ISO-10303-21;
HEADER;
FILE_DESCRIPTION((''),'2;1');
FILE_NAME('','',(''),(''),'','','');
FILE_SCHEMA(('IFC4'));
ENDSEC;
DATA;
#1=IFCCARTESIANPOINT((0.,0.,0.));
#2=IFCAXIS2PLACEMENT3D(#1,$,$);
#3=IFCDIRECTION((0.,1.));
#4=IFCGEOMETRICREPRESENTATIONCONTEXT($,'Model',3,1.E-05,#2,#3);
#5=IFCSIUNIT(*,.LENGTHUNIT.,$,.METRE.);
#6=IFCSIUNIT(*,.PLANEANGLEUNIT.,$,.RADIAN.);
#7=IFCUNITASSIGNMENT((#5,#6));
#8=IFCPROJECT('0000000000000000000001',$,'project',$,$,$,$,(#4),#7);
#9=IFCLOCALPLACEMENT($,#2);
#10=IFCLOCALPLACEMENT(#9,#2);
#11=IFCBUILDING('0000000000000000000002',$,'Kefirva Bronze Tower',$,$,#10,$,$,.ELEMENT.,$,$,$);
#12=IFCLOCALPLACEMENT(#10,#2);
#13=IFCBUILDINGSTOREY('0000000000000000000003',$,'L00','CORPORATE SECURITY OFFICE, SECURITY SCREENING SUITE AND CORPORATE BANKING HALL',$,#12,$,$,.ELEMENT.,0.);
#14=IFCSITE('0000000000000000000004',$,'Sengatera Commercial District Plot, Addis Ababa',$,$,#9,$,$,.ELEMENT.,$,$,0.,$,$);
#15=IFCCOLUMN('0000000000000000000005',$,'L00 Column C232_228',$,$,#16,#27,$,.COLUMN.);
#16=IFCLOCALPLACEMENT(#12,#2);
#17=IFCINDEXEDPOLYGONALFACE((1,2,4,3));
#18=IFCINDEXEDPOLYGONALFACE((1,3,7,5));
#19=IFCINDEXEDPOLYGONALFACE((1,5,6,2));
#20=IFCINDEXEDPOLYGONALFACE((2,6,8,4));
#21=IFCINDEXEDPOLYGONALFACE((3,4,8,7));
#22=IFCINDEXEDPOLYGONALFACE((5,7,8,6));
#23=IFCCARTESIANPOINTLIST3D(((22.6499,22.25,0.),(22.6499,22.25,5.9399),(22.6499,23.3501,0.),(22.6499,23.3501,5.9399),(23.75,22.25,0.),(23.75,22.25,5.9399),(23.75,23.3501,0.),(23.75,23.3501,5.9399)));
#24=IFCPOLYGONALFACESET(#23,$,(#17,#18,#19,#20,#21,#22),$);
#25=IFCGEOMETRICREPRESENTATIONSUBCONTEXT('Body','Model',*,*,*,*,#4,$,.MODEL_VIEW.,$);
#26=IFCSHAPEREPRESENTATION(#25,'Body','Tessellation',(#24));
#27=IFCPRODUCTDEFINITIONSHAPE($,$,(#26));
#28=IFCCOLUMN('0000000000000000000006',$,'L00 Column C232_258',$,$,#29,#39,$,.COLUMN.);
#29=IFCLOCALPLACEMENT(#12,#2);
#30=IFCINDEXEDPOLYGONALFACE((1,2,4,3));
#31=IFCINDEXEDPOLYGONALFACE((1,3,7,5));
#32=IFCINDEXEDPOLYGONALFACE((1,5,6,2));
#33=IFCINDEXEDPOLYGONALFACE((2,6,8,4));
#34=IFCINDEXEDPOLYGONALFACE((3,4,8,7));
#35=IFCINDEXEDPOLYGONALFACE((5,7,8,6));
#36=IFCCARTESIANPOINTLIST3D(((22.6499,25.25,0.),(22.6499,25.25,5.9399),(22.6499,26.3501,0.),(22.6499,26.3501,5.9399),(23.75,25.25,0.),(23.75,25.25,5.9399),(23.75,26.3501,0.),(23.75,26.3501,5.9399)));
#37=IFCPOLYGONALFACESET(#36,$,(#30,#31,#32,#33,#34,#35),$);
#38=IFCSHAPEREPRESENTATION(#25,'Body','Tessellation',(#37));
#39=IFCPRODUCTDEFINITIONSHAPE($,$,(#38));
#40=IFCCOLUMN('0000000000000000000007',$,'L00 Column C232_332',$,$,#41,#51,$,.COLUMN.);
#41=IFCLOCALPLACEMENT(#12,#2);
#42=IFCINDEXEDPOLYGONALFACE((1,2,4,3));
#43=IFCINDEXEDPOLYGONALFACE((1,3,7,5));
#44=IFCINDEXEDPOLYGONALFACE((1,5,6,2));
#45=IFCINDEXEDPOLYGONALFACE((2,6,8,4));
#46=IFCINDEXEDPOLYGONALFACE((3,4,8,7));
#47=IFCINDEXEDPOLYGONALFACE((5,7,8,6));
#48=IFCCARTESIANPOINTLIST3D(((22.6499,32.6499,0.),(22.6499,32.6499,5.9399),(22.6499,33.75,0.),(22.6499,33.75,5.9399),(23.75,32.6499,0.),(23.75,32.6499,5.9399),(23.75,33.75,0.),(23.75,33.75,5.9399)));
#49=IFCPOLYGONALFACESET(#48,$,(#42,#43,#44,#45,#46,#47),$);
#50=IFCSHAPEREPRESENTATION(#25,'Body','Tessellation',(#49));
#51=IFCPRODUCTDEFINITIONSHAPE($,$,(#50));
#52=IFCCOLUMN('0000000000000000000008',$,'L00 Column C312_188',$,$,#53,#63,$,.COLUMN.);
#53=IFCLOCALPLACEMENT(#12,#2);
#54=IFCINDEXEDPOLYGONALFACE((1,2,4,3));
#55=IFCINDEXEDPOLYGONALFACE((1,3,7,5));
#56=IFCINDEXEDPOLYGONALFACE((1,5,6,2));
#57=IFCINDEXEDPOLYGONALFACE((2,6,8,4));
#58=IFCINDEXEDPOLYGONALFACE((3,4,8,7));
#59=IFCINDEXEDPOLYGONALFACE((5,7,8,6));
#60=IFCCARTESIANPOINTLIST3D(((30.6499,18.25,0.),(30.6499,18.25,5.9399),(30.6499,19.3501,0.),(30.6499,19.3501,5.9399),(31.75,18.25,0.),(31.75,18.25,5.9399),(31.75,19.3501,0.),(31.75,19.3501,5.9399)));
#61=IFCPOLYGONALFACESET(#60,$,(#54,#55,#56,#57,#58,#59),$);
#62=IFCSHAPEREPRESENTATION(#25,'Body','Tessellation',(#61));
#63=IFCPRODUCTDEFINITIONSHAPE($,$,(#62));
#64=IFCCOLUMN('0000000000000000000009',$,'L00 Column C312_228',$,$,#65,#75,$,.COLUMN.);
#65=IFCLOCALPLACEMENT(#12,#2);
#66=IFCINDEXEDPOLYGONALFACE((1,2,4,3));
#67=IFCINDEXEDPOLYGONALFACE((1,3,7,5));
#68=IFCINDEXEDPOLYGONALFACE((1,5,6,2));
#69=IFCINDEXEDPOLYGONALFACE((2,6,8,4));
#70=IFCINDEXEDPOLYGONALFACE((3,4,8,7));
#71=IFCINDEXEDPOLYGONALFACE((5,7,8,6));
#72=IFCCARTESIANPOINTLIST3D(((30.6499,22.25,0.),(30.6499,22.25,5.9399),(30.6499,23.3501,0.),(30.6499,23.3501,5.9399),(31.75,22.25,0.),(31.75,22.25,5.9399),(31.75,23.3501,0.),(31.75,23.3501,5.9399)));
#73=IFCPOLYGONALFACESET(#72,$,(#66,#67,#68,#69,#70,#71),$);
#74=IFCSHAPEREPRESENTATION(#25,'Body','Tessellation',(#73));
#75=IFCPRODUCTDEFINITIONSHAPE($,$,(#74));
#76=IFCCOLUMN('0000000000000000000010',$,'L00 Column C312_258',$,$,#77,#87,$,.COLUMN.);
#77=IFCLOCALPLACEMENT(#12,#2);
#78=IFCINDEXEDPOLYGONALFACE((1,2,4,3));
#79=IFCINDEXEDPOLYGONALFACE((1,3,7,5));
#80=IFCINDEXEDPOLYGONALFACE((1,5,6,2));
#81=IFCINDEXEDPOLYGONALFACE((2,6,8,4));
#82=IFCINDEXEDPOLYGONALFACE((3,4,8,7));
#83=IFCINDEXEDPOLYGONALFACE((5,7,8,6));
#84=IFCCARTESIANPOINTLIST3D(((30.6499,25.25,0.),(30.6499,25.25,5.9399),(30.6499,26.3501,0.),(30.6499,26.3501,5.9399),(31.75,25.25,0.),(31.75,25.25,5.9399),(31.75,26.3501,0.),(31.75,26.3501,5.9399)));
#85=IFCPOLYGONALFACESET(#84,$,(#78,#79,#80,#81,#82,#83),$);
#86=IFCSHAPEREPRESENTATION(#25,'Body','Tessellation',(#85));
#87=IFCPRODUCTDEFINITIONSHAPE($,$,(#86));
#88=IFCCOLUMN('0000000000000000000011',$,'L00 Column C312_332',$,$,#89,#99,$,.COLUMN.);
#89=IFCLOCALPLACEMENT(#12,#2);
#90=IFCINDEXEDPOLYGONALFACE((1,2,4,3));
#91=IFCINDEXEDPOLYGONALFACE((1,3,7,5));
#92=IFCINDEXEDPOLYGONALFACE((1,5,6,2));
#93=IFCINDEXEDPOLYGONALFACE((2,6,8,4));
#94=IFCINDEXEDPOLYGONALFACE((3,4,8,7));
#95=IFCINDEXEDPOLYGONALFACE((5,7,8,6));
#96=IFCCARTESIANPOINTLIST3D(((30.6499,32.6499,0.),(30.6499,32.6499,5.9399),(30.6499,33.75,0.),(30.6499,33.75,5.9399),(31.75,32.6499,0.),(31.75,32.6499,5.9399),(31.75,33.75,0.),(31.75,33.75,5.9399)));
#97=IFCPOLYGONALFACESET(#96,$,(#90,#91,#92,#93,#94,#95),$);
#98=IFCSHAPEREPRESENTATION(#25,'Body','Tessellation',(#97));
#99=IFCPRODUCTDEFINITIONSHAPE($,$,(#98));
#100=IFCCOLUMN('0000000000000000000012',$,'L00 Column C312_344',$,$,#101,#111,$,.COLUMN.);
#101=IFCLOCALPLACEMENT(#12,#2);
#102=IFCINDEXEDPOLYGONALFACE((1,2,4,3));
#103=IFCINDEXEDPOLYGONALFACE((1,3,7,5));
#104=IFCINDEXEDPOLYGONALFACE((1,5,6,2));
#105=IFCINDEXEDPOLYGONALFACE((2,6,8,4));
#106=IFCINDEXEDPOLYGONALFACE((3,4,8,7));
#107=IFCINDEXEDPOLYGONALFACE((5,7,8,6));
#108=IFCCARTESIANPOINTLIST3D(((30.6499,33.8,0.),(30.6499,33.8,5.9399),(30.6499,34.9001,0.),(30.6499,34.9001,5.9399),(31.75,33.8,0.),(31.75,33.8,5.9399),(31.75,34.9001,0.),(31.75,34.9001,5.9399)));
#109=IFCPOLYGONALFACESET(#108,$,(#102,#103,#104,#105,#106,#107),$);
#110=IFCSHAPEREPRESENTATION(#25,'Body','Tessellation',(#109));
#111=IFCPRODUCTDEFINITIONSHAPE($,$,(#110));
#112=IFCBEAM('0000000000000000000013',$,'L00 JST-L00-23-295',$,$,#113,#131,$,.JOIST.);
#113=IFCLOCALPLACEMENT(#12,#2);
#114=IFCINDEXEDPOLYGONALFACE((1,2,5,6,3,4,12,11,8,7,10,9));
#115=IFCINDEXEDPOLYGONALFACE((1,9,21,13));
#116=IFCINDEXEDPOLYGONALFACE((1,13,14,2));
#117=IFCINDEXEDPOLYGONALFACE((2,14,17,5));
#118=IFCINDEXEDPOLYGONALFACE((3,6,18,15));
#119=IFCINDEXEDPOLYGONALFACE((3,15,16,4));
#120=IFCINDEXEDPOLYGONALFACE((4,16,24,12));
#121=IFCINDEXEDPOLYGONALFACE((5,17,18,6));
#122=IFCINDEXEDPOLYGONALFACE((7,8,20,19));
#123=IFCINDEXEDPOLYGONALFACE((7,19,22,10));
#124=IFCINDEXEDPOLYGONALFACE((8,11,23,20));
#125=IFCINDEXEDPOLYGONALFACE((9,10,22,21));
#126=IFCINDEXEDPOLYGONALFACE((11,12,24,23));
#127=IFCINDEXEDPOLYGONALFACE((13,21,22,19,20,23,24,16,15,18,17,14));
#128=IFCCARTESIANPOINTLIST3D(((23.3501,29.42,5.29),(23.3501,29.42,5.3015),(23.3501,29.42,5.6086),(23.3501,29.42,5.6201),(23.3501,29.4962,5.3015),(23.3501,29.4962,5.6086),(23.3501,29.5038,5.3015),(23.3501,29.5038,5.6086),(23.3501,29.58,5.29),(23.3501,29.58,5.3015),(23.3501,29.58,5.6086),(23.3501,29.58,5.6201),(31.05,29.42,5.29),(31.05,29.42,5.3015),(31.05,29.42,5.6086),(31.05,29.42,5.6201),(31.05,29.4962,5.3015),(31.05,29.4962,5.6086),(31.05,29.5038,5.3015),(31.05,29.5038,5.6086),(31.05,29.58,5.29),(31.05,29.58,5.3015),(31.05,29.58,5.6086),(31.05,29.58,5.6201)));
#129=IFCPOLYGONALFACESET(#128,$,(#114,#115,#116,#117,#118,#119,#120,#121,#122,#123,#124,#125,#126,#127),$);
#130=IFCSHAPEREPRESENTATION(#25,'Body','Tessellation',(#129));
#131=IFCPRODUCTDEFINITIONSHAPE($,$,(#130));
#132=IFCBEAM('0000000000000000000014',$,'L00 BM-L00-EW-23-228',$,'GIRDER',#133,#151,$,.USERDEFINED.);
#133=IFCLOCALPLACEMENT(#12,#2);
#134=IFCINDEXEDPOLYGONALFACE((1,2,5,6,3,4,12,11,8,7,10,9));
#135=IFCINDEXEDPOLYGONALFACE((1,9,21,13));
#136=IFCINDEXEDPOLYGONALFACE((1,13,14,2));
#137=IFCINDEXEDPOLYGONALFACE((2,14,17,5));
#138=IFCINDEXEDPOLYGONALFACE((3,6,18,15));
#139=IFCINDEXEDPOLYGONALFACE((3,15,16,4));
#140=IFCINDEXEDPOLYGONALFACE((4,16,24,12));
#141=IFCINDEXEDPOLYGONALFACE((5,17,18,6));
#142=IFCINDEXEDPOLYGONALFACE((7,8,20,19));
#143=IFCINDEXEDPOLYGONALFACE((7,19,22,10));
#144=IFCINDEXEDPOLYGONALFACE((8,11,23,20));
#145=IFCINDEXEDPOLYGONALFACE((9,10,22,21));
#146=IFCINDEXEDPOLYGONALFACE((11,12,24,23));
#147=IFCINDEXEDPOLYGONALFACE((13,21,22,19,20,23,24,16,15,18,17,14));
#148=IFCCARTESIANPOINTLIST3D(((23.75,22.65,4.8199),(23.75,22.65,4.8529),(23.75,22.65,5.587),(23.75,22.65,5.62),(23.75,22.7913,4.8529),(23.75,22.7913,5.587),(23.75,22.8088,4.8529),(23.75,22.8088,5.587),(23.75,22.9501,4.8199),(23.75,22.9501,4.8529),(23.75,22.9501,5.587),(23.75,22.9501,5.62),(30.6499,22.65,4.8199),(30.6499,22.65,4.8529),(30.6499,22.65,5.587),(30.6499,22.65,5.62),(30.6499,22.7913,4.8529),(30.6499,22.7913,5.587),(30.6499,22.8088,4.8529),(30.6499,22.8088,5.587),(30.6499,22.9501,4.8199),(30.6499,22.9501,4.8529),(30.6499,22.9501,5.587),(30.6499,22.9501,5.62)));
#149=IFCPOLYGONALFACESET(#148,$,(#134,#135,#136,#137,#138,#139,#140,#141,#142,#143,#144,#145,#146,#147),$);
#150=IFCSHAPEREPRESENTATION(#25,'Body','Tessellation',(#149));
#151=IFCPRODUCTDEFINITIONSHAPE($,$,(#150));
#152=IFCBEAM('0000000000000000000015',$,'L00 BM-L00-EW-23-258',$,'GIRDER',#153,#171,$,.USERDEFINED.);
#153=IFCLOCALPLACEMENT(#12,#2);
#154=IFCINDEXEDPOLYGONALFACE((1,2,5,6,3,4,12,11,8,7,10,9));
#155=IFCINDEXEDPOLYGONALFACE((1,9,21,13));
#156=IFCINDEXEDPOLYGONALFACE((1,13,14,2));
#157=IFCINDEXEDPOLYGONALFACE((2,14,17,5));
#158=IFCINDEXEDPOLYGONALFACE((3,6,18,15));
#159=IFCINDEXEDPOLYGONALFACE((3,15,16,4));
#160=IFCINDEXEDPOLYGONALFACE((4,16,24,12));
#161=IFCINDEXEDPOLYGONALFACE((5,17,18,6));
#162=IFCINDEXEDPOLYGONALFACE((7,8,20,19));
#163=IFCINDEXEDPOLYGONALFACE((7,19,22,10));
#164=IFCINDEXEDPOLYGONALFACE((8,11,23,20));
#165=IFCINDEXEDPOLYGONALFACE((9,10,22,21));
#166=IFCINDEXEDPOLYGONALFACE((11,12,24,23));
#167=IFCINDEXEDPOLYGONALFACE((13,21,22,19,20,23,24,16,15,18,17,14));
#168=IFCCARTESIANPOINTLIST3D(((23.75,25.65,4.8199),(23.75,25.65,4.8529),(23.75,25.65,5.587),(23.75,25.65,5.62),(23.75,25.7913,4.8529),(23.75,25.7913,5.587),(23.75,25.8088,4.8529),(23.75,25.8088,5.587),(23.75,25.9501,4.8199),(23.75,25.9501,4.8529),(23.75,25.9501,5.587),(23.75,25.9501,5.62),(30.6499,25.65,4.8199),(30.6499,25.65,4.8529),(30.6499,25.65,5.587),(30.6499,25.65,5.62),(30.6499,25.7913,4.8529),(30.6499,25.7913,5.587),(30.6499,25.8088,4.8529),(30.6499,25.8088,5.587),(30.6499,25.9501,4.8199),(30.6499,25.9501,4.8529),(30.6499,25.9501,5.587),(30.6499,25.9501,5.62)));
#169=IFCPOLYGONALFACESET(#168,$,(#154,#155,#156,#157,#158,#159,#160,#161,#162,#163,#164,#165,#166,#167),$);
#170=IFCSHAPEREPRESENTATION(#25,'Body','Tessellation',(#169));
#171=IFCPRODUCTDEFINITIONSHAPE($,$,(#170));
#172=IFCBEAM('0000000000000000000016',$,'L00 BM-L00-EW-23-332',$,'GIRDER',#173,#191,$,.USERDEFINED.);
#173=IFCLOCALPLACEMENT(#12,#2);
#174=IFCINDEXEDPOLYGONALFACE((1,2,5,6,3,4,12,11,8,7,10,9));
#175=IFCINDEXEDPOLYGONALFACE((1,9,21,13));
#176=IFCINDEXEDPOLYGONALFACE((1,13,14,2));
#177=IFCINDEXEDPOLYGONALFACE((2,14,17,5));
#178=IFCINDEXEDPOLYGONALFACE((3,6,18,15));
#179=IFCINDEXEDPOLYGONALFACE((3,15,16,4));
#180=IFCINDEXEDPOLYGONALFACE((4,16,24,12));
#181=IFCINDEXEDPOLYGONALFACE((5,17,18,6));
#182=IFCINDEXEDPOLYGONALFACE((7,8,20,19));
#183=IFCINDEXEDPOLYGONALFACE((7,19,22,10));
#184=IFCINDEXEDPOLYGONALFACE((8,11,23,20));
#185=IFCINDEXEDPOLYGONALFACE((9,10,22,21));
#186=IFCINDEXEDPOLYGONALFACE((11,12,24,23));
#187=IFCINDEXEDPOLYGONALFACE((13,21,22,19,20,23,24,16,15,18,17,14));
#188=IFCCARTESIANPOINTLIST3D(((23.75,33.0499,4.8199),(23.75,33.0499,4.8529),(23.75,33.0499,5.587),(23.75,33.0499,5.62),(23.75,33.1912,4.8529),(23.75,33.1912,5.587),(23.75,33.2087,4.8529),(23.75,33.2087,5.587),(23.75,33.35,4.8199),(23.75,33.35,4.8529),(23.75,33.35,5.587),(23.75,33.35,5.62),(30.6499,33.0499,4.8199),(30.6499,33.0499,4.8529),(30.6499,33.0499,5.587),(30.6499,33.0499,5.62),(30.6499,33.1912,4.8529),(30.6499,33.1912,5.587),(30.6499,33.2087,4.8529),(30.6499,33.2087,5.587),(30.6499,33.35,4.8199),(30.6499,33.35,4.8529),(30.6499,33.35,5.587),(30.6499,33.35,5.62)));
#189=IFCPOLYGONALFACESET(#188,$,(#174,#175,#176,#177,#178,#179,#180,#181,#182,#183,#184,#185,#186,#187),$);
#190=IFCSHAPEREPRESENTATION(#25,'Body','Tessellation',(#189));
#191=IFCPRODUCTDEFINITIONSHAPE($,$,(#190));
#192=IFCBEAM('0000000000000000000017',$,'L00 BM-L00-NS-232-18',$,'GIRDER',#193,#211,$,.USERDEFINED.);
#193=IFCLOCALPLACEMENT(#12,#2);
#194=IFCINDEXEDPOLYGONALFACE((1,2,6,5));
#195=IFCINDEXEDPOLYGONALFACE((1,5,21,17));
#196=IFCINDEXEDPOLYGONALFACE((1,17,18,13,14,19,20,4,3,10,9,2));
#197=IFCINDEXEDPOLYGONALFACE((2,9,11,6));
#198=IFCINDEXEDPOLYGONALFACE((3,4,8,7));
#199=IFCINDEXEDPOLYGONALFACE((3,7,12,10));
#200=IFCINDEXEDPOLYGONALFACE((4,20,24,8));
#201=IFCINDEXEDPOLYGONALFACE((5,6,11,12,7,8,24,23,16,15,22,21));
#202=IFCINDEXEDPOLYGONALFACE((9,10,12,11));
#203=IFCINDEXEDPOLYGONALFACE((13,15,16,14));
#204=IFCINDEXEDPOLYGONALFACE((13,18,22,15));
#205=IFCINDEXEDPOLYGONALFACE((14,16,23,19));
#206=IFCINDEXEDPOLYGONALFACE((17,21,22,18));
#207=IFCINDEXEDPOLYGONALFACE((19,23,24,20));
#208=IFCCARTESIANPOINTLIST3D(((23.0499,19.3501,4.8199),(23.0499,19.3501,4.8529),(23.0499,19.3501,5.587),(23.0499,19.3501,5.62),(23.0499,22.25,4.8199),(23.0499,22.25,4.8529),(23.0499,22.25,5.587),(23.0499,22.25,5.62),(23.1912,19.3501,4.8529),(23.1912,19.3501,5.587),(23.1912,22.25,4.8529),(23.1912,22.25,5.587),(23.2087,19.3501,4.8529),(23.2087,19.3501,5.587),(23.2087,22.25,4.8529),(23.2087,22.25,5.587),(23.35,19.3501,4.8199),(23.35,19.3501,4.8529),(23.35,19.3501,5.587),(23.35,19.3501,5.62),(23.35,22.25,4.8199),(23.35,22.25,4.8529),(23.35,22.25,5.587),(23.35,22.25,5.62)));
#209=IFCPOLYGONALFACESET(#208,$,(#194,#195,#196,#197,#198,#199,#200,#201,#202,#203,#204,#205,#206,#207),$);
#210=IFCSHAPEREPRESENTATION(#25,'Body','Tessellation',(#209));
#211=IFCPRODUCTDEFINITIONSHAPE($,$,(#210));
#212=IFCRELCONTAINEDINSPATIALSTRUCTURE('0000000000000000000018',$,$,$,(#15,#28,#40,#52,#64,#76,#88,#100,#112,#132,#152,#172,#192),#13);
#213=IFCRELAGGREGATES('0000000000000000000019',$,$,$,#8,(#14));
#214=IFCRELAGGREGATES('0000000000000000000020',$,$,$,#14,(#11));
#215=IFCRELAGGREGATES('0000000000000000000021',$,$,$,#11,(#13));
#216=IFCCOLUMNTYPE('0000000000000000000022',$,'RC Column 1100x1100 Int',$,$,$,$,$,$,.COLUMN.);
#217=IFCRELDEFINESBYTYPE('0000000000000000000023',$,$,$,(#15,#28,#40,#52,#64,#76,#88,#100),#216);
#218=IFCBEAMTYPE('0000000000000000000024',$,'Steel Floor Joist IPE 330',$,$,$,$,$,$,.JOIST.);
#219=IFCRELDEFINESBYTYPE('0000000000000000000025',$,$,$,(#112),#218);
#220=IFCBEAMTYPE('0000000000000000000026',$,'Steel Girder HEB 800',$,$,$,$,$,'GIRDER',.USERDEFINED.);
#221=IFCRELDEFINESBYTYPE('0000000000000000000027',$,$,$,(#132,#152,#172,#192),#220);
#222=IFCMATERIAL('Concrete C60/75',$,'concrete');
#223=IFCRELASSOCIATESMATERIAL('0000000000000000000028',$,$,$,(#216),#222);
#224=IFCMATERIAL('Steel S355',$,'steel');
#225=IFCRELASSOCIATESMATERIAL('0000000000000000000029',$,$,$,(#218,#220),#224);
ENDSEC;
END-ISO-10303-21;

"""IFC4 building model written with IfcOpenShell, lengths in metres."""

from ifc_helpers import new_model, si_unit, direction, frame, origin, origin_2d, place, context, subcontext, project, spatial, rectangle, i_section, extrude, material, material_profile, profile_set, type_object, element, save


model = new_model("IFC4")

# Units and contexts
model_context = context("Model", 3, precision=1e-05, world=origin(), true_north=direction((0.0, 1.0)))
body_context = subcontext(model_context, "Body", "Model", "MODEL_VIEW")
ifc_project = project(units=[si_unit("LENGTHUNIT", "METRE"), si_unit("PLANEANGLEUNIT", "RADIAN")], contexts=[model_context])

# Site, building, storey
site_placement = place(None, origin())
site = spatial("IfcSite", under=ifc_project, at=site_placement, Name="Sengatera Commercial District Plot, Addis Ababa", CompositionType="ELEMENT", RefElevation=0.0)
building_placement = place(site_placement, origin())
building = spatial("IfcBuilding", under=site, at=building_placement, Name="Kefirva Bronze Tower", CompositionType="ELEMENT")
storey_placement = place(building_placement, origin())
storey = spatial("IfcBuildingStorey", under=building, at=storey_placement, Name="L00", Description="CORPORATE SECURITY OFFICE, SECURITY SCREENING SUITE AND CORPORATE BANKING HALL", CompositionType="ELEMENT", Elevation=0.0)

# Columns
ifc_material_1 = material(Name="Concrete C60/75", Category="concrete")
ifc_material_profile_1 = material_profile(ifc_material_1, rectangle(XDim=1.1001, YDim=1.1001, at=origin_2d()), Name="RC 1100x1100")
ifc_profile_set_1 = profile_set([ifc_material_profile_1], Name="Concrete C60/75")
column_type = type_object("IfcColumnType", Name="RC Column 1100x1100 Int", PredefinedType="COLUMN", material=ifc_profile_set_1)
for number, where, z_axis, x_axis, name in (
    (1, (23.2, 22.8, 0.0), (0.0, 0.0, 1.0), (1.0, 0.0, 0.0), "L00 Column C232_228"),
    (2, (23.2, 25.8, 0.0), (0.0, 0.0, 1.0), (1.0, 0.0, 0.0), "L00 Column C232_258"),
    (3, (23.2, 33.2, 0.0), (0.0, 0.0, 1.0), (1.0, 0.0, 0.0), "L00 Column C232_332"),
    (4, (31.2, 18.8, 0.0), (0.0, 0.0, 1.0), (1.0, 0.0, 0.0), "L00 Column C312_188"),
    (5, (31.2, 22.8, 0.0), (0.0, 0.0, 1.0), (1.0, 0.0, 0.0), "L00 Column C312_228"),
    (6, (31.2, 25.8, 0.0), (0.0, 0.0, 1.0), (1.0, 0.0, 0.0), "L00 Column C312_258"),
    (7, (31.2, 33.2, 0.0), (0.0, 0.0, 1.0), (1.0, 0.0, 0.0), "L00 Column C312_332"),
    (8, (31.2, 34.3501, 0.0), (0.0, 0.0, 1.0), (1.0, 0.0, 0.0), "L00 Column C312_344"),
):
    element("IfcColumn", number, at=place(storey_placement, frame(where, z_axis=z_axis, x_axis=x_axis)), inside=storey, type_object=column_type, Name=name, PredefinedType="COLUMN", context=body_context, shape_type="SweptSolid", body=[
        extrude(rectangle(XDim=1.1001, YDim=1.1001, at=origin_2d()), origin(), (0.0, 0.0, 1.0), 5.9399),
    ])

# Beams
ifc_material_2 = material(Name="Steel S355", Category="steel")
ifc_material_profile_2 = material_profile(ifc_material_2, i_section(OverallWidth=0.1599, OverallDepth=0.3301, WebThickness=0.0076, FlangeThickness=0.0115, at=origin_2d()), Name="IPE 330")
ifc_profile_set_2 = profile_set([ifc_material_profile_2], Name="Steel S355")
beam_type_1 = type_object("IfcBeamType", Name="Steel Floor Joist IPE 330", PredefinedType="JOIST", material=ifc_profile_set_2)
beam_1_placement = place(storey_placement, frame((23.3501, 29.5, 5.4551), z_axis=(1.0, 0.0, 0.0), x_axis=(0.0, 1.0, 0.0)))
element("IfcBeam", 9, at=beam_1_placement, inside=storey, type_object=beam_type_1, Name="L00 JST-L00-23-295", PredefinedType="JOIST", context=body_context, shape_type="SweptSolid", body=[
    extrude(i_section(OverallWidth=0.1599, OverallDepth=0.3301, WebThickness=0.0076, FlangeThickness=0.0115, at=origin_2d()), origin(), (0.0, 0.0, 1.0), 7.7),
])
ifc_material_profile_3 = material_profile(ifc_material_2, i_section(OverallWidth=0.3, OverallDepth=0.8, WebThickness=0.0176, FlangeThickness=0.033, at=origin_2d()), Name="HEB 800")
ifc_profile_set_3 = profile_set([ifc_material_profile_3], Name="Steel S355")
beam_type_2 = type_object("IfcBeamType", Name="Steel Girder HEB 800", ElementType="GIRDER", PredefinedType="USERDEFINED", material=ifc_profile_set_3)
for number, where, z_axis, x_axis, name in (
    (10, (23.75, 22.8, 5.22), (1.0, 0.0, 0.0), (0.0, 1.0, 0.0), "L00 BM-L00-EW-23-228"),
    (11, (23.75, 25.8, 5.22), (1.0, 0.0, 0.0), (0.0, 1.0, 0.0), "L00 BM-L00-EW-23-258"),
    (12, (23.75, 33.2, 5.22), (1.0, 0.0, 0.0), (0.0, 1.0, 0.0), "L00 BM-L00-EW-23-332"),
):
    element("IfcBeam", number, at=place(storey_placement, frame(where, z_axis=z_axis, x_axis=x_axis)), inside=storey, type_object=beam_type_2, Name=name, ObjectType="GIRDER", PredefinedType="USERDEFINED", context=body_context, shape_type="SweptSolid", body=[
        extrude(i_section(OverallWidth=0.3, OverallDepth=0.8, WebThickness=0.0176, FlangeThickness=0.033, at=origin_2d()), origin(), (0.0, 0.0, 1.0), 6.8999),
    ])
beam_2_placement = place(storey_placement, frame((23.2, 19.3501, 5.22), z_axis=(0.0, 1.0, 0.0), x_axis=(-1.0, 0.0, 0.0)))
element("IfcBeam", 13, at=beam_2_placement, inside=storey, type_object=beam_type_2, Name="L00 BM-L00-NS-232-18", ObjectType="GIRDER", PredefinedType="USERDEFINED", context=body_context, shape_type="SweptSolid", body=[
    extrude(i_section(OverallWidth=0.3, OverallDepth=0.8, WebThickness=0.0176, FlangeThickness=0.033, at=origin_2d()), origin(), (0.0, 0.0, 1.0), 2.8999),
])

save(model, "model.ifc")
